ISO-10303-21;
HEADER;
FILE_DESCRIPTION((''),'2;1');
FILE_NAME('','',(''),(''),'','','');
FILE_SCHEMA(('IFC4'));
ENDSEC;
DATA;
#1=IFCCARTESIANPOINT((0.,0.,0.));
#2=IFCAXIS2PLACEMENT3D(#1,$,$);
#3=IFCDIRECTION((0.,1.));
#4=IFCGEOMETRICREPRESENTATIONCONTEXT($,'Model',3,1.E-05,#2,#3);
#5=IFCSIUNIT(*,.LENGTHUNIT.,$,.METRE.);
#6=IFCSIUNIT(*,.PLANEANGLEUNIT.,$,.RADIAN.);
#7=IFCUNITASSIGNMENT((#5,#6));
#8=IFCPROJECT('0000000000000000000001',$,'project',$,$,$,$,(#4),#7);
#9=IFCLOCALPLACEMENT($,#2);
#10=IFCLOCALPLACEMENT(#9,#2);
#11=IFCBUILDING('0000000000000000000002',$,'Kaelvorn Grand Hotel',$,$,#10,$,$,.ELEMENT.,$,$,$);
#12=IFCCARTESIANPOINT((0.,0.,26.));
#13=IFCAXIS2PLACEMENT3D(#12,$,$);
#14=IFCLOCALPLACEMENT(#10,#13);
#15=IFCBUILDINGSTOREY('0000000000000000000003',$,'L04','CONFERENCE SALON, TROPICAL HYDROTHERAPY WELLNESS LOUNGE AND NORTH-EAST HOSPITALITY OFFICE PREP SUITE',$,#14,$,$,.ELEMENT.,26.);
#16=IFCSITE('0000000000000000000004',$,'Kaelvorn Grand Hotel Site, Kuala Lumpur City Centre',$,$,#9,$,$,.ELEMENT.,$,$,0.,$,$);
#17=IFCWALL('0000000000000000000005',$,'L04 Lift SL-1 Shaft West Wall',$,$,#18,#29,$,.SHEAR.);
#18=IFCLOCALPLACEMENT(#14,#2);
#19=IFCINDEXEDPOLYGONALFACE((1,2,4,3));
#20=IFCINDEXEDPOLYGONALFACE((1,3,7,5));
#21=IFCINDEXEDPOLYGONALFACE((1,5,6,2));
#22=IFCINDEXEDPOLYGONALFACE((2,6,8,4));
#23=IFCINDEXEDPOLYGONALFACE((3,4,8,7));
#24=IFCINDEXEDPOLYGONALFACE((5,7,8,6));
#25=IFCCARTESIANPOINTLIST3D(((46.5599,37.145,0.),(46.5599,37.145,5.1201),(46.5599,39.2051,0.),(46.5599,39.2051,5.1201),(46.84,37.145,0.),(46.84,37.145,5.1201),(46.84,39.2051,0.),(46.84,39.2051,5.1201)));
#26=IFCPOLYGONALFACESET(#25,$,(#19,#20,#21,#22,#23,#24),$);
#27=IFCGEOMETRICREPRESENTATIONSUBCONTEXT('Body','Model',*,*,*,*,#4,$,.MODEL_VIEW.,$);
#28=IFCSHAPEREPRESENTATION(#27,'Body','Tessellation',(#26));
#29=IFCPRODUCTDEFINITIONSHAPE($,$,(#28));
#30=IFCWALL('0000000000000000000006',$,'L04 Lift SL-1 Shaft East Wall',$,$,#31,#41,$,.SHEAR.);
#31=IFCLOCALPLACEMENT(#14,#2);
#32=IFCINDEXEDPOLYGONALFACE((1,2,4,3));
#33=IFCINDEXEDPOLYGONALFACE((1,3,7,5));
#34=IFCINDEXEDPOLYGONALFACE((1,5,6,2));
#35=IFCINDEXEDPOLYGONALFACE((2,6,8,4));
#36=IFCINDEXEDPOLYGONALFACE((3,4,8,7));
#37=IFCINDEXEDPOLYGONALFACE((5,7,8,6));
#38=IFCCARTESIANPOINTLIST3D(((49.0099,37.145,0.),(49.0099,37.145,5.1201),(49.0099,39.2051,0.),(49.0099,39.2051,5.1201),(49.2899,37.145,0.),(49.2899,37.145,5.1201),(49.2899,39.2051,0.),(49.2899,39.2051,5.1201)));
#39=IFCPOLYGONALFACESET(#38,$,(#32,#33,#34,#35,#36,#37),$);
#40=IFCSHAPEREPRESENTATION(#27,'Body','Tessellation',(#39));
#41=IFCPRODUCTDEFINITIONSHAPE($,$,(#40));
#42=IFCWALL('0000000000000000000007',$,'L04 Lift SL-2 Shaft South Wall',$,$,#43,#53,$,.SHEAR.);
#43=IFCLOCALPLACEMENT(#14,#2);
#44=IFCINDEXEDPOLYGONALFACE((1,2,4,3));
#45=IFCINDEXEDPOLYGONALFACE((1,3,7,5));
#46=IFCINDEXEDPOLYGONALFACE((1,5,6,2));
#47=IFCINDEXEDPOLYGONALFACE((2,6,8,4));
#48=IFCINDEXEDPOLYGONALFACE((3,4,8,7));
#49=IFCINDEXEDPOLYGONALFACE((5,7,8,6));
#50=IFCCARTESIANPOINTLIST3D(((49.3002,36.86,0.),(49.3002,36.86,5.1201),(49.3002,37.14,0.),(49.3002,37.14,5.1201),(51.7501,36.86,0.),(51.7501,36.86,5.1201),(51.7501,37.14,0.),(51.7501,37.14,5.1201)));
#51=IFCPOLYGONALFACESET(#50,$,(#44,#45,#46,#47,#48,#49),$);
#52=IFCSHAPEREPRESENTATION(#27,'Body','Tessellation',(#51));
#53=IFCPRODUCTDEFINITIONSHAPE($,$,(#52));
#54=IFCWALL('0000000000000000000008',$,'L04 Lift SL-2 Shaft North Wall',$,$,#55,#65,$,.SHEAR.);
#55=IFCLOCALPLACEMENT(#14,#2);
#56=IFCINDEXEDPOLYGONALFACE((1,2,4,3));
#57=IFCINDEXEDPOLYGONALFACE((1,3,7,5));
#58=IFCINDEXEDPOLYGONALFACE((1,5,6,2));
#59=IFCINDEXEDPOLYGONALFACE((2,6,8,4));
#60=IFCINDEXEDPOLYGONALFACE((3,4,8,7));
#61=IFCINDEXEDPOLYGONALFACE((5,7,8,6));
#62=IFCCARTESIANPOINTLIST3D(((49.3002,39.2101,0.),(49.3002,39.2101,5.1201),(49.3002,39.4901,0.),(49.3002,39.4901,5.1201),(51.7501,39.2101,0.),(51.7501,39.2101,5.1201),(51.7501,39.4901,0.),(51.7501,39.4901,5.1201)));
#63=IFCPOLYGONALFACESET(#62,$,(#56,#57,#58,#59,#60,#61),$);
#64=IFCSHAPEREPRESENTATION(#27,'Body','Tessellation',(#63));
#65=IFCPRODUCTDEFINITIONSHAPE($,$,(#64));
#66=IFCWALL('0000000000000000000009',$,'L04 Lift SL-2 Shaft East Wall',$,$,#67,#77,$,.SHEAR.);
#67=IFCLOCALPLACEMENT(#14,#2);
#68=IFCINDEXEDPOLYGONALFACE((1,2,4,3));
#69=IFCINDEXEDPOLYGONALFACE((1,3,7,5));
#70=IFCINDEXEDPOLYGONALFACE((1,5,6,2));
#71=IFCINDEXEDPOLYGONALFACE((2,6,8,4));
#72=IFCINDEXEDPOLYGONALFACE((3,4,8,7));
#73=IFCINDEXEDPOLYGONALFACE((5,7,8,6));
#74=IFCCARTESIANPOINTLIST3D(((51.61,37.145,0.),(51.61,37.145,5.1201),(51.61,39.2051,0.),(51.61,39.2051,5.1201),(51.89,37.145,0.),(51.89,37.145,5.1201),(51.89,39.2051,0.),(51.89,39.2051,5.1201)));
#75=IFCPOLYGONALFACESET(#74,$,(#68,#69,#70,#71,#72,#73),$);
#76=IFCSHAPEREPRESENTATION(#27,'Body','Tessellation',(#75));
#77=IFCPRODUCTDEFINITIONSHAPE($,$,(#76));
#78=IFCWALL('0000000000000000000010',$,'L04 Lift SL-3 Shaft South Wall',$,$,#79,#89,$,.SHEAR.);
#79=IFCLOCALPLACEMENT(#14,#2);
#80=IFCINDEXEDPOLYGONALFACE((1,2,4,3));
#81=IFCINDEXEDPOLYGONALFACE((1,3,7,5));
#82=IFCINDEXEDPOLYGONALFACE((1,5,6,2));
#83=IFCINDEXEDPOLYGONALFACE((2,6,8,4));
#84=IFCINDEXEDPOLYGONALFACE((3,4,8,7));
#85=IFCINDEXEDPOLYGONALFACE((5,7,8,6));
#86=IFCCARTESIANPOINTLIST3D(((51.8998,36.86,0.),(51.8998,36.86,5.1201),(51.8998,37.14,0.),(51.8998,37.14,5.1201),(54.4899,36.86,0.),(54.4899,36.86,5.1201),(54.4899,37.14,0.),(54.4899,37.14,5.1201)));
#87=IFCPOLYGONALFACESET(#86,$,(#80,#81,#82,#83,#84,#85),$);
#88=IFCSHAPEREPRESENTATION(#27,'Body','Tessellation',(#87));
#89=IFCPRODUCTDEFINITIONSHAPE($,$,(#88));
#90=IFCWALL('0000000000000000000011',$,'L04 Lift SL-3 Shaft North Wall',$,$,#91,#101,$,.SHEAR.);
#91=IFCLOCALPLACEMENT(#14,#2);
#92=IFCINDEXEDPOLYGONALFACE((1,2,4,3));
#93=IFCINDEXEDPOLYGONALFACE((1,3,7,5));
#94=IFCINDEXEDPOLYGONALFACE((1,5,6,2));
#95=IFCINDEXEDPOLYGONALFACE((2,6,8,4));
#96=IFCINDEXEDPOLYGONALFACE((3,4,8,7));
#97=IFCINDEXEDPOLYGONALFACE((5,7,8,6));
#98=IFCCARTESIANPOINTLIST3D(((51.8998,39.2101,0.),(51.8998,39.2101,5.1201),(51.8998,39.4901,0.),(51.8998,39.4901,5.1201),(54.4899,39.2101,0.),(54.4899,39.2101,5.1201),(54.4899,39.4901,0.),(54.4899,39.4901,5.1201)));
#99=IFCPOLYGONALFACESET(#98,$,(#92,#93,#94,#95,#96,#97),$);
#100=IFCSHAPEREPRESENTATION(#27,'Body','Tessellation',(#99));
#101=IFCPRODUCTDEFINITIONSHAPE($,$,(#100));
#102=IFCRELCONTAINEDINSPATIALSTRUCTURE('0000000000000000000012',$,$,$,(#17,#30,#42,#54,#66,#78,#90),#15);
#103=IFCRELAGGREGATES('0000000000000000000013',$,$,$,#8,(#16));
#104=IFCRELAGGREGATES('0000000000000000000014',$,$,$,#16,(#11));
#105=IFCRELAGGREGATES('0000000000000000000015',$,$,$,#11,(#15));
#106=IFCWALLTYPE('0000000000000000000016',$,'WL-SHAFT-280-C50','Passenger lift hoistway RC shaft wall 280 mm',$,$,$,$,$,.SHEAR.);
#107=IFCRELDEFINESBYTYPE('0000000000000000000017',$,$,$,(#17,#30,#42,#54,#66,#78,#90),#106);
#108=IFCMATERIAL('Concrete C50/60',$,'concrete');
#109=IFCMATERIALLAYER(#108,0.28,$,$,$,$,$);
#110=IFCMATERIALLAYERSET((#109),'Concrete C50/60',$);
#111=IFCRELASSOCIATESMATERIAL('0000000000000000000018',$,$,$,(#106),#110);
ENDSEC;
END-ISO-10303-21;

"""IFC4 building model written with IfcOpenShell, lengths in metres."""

from ifc_helpers import new_model, si_unit, direction, frame, frame_2d, origin, place, context, subcontext, project, spatial, rectangle, extrude, material, layer, layer_set, type_object, element, save


model = new_model("IFC4")

# Units and contexts
model_context = context("Model", 3, precision=1e-05, world=origin(), true_north=direction((0.0, 1.0)))
body_context = subcontext(model_context, "Body", "Model", "MODEL_VIEW")
ifc_project = project(units=[si_unit("LENGTHUNIT", "METRE"), si_unit("PLANEANGLEUNIT", "RADIAN")], contexts=[model_context])

# Site, building, storey
site_placement = place(None, origin())
site = spatial("IfcSite", under=ifc_project, at=site_placement, Name="Kaelvorn Grand Hotel Site, Kuala Lumpur City Centre", CompositionType="ELEMENT", RefElevation=0.0)
building_placement = place(site_placement, origin())
building = spatial("IfcBuilding", under=site, at=building_placement, Name="Kaelvorn Grand Hotel", CompositionType="ELEMENT")
storey_placement = place(building_placement, frame((0.0, 0.0, 26.0)))
storey = spatial("IfcBuildingStorey", under=building, at=storey_placement, Name="L04", Description="CONFERENCE SALON, TROPICAL HYDROTHERAPY WELLNESS LOUNGE AND NORTH-EAST HOSPITALITY OFFICE PREP SUITE", CompositionType="ELEMENT", Elevation=26.0)

# Walls
ifc_material_1 = material(Name="Concrete C50/60", Category="concrete")
ifc_layer_1 = layer(ifc_material_1, 0.28)
ifc_layer_set_1 = layer_set([ifc_layer_1], Name="Concrete C50/60")
wall_type_1 = type_object("IfcWallType", Name="WL-SHAFT-280-C50", Description="Passenger lift hoistway RC shaft wall 280 mm", PredefinedType="SHEAR", material=ifc_layer_set_1)
for number, where, z_axis, x_axis, name in (
    (1, (46.7, 37.145, 0.0), (0.0, 0.0, 1.0), (0.0, 1.0, 0.0), "L04 Lift SL-1 Shaft West Wall"),
    (2, (49.1499, 37.145, 0.0), (0.0, 0.0, 1.0), (0.0, 1.0, 0.0), "L04 Lift SL-1 Shaft East Wall"),
):
    element("IfcWall", number, at=place(storey_placement, frame(where, z_axis=z_axis, x_axis=x_axis)), inside=storey, type_object=wall_type_1, Name=name, PredefinedType="SHEAR", context=body_context, shape_type="SweptSolid", body=[
        extrude(rectangle(XDim=2.0601, YDim=0.28, at=frame_2d((1.03, 0.0))), origin(), (0.0, 0.0, 1.0), 5.1201),
    ])
for number, where, z_axis, x_axis, name in (
    (3, (49.3, 37.0, 0.0), (0.0, 0.0, 1.0), (1.0, 0.0, 0.0), "L04 Lift SL-2 Shaft South Wall"),
    (4, (49.3, 39.3501, 0.0), (0.0, 0.0, 1.0), (1.0, 0.0, 0.0), "L04 Lift SL-2 Shaft North Wall"),
):
    element("IfcWall", number, at=place(storey_placement, frame(where, z_axis=z_axis, x_axis=x_axis)), inside=storey, type_object=wall_type_1, Name=name, PredefinedType="SHEAR", context=body_context, shape_type="SweptSolid", body=[
        extrude(rectangle(XDim=2.45, YDim=0.28, at=frame_2d((1.2251, 0.0))), origin(), (0.0, 0.0, 1.0), 5.1201),
    ])
wall_1_placement = place(storey_placement, frame((51.75, 37.145, 0.0), z_axis=(0.0, 0.0, 1.0), x_axis=(0.0, 1.0, 0.0)))
element("IfcWall", 5, at=wall_1_placement, inside=storey, type_object=wall_type_1, Name="L04 Lift SL-2 Shaft East Wall", PredefinedType="SHEAR", context=body_context, shape_type="SweptSolid", body=[
    extrude(rectangle(XDim=2.0601, YDim=0.28, at=frame_2d((1.03, 0.0))), origin(), (0.0, 0.0, 1.0), 5.1201),
])
for number, where, z_axis, x_axis, name in (
    (6, (51.8999, 37.0, 0.0), (0.0, 0.0, 1.0), (1.0, 0.0, 0.0), "L04 Lift SL-3 Shaft South Wall"),
    (7, (51.8999, 39.3501, 0.0), (0.0, 0.0, 1.0), (1.0, 0.0, 0.0), "L04 Lift SL-3 Shaft North Wall"),
):
    element("IfcWall", number, at=place(storey_placement, frame(where, z_axis=z_axis, x_axis=x_axis)), inside=storey, type_object=wall_type_1, Name=name, PredefinedType="SHEAR", context=body_context, shape_type="SweptSolid", body=[
        extrude(rectangle(XDim=2.5901, YDim=0.28, at=frame_2d((1.2949, 0.0))), origin(), (0.0, 0.0, 1.0), 5.1201),
    ])

save(model, "model.ifc")
